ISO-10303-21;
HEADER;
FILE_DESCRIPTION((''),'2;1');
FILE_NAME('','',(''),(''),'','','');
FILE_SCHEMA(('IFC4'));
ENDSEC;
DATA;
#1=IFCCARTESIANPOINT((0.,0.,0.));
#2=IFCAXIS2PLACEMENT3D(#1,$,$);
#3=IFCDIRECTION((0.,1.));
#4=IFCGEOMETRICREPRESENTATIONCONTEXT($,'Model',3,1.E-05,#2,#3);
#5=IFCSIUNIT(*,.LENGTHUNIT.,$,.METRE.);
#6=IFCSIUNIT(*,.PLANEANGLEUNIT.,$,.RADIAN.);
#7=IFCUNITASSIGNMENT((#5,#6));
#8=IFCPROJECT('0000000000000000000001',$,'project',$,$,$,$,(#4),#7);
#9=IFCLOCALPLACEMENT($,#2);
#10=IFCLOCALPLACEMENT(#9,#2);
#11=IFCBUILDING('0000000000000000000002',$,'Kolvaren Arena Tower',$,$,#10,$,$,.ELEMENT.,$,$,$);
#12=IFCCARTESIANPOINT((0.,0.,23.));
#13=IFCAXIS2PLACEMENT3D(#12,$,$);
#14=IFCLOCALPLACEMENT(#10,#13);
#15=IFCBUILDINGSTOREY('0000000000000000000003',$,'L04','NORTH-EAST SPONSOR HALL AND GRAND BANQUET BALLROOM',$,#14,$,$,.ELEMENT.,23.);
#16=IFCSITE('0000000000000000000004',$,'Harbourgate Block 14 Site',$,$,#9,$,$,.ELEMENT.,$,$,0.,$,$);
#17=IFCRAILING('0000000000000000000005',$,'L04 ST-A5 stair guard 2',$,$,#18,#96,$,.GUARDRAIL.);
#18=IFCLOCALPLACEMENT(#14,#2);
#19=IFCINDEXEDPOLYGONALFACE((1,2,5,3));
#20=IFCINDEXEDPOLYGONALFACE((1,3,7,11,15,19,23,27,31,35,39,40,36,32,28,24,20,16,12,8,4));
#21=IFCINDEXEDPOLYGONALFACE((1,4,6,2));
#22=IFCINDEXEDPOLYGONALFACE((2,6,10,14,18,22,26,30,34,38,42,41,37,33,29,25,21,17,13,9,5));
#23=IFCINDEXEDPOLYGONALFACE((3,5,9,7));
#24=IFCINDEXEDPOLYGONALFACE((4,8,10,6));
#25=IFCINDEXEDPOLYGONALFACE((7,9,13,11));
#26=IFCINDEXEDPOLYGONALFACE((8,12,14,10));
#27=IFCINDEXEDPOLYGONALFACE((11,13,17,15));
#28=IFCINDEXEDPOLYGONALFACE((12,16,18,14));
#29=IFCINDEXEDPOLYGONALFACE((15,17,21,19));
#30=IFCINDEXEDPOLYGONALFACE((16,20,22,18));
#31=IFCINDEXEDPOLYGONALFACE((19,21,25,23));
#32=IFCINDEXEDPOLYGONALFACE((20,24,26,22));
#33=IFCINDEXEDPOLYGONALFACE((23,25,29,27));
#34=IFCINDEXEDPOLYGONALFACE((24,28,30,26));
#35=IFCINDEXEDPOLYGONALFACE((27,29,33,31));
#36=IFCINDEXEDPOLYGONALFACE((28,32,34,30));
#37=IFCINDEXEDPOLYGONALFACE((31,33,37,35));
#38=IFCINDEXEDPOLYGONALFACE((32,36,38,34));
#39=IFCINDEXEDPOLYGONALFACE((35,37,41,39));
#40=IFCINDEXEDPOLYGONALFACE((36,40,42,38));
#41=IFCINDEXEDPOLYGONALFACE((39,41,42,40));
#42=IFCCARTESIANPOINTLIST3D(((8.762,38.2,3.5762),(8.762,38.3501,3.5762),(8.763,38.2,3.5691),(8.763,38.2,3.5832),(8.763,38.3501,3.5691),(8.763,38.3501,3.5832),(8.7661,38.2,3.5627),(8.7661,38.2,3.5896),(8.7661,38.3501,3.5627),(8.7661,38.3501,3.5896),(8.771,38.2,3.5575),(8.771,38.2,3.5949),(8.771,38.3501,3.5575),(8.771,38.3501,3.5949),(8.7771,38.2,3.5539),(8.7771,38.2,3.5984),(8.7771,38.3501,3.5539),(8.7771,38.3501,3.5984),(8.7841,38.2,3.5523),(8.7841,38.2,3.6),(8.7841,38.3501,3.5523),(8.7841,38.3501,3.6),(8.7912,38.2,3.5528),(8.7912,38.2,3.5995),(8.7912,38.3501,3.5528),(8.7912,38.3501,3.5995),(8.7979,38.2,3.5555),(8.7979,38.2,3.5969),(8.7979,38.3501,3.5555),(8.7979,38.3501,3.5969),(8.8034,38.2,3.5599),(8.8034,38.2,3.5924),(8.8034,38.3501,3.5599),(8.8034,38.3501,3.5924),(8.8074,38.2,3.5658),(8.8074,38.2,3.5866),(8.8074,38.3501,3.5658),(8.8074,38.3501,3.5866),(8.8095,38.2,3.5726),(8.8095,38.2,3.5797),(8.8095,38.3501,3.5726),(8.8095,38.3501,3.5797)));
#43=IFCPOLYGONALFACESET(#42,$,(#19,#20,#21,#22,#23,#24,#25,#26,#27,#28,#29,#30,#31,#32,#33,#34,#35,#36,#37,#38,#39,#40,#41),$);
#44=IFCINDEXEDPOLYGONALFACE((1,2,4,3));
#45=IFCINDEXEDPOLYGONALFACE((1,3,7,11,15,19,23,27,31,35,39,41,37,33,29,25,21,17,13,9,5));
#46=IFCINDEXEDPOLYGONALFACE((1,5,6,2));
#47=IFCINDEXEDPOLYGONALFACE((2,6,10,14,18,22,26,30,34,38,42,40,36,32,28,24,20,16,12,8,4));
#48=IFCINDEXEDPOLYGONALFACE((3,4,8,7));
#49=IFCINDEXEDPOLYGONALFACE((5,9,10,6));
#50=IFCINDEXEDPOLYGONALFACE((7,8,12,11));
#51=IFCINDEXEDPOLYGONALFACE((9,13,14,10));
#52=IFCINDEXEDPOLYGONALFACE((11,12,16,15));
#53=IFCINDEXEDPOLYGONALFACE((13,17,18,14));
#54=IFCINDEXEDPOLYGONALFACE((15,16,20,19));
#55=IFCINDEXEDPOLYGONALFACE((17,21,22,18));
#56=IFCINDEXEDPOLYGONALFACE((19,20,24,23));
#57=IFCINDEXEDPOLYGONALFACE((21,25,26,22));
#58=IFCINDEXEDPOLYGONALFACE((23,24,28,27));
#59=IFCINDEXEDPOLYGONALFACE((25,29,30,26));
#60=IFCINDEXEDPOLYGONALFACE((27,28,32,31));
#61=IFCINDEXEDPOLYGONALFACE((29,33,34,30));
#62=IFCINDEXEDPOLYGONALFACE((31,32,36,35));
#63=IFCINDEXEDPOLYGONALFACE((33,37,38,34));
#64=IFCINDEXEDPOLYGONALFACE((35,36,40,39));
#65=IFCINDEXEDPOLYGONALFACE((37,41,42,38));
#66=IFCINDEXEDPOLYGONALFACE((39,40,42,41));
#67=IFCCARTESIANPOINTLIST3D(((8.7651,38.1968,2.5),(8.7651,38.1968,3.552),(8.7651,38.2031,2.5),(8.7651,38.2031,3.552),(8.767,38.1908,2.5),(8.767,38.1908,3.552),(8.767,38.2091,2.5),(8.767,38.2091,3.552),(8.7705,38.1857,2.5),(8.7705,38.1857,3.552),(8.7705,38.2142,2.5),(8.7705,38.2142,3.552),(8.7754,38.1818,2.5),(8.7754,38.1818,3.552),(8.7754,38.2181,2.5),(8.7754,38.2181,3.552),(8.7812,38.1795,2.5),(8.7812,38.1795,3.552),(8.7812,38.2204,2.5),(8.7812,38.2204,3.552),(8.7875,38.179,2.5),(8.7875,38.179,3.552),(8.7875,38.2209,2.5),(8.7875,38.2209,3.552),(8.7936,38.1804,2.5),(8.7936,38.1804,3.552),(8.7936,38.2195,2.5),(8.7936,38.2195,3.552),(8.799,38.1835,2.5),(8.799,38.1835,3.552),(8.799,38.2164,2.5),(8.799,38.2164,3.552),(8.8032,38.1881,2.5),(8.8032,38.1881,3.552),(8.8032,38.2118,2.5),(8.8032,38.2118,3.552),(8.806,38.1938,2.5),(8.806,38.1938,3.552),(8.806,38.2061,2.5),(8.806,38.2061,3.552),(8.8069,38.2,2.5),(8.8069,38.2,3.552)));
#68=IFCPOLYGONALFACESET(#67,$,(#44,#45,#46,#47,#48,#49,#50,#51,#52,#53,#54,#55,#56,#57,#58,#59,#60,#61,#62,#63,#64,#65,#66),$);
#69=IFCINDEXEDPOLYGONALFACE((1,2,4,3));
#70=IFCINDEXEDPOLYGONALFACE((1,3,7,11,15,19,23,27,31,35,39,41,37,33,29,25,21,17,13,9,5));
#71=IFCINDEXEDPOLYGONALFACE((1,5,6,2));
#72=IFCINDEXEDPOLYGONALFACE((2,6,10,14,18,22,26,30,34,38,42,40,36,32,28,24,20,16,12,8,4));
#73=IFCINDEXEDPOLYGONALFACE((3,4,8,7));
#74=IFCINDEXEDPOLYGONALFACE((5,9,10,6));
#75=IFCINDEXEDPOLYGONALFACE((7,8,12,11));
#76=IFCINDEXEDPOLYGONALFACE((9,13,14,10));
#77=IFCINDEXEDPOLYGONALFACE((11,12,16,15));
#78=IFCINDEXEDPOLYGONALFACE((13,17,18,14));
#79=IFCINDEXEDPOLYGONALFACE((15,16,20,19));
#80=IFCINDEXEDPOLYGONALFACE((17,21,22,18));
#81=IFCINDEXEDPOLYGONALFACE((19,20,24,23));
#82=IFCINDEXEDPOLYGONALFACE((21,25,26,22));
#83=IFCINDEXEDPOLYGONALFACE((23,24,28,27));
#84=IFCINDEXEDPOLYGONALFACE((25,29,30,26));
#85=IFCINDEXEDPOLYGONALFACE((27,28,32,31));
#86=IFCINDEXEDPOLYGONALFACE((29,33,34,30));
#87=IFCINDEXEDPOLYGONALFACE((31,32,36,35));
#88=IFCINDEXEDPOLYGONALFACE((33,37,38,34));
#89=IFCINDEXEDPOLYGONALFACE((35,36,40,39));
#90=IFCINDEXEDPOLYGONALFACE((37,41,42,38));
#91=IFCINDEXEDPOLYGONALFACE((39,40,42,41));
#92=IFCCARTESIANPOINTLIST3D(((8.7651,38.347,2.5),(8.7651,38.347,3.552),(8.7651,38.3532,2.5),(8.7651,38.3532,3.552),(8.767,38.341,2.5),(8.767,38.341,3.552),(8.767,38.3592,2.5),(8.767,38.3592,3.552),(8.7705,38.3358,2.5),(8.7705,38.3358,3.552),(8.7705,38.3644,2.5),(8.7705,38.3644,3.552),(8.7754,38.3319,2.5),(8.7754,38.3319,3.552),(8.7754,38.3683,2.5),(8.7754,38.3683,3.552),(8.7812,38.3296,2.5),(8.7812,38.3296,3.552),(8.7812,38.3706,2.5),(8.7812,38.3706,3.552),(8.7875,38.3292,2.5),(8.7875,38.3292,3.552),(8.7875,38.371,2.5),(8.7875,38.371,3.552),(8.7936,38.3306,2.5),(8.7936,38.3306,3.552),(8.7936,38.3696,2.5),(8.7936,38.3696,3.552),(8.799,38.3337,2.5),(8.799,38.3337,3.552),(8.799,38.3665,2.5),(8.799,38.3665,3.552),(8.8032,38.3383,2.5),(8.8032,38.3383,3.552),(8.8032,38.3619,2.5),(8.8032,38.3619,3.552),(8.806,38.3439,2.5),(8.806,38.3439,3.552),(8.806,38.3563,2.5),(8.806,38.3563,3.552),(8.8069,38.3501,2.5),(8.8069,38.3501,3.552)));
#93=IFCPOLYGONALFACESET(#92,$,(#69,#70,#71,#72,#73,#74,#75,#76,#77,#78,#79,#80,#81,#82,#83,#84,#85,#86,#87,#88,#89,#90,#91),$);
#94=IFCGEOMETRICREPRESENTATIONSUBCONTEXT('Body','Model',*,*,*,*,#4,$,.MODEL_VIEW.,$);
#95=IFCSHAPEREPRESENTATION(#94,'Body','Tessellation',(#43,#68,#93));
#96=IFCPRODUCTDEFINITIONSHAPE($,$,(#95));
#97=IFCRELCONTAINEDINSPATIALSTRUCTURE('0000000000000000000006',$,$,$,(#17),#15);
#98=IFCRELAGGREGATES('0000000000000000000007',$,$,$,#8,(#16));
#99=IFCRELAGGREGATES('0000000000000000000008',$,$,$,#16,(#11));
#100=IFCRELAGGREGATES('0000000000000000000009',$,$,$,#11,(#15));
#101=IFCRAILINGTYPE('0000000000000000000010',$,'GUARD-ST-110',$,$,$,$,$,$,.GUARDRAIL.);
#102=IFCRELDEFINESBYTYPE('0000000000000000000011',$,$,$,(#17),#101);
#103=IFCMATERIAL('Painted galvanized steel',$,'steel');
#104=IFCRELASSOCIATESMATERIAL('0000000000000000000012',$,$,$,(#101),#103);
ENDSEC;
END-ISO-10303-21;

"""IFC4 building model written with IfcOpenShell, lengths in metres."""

from ifc_helpers import new_model, si_unit, direction, frame, origin, origin_2d, place, context, subcontext, project, spatial, circle, extrude, material, type_object, element, save


model = new_model("IFC4")

# Units and contexts
model_context = context("Model", 3, precision=1e-05, world=origin(), true_north=direction((0.0, 1.0)))
body_context = subcontext(model_context, "Body", "Model", "MODEL_VIEW")
ifc_project = project(units=[si_unit("LENGTHUNIT", "METRE"), si_unit("PLANEANGLEUNIT", "RADIAN")], contexts=[model_context])

# Site, building, storey
site_placement = place(None, origin())
site = spatial("IfcSite", under=ifc_project, at=site_placement, Name="Harbourgate Block 14 Site", CompositionType="ELEMENT", RefElevation=0.0)
building_placement = place(site_placement, origin())
building = spatial("IfcBuilding", under=site, at=building_placement, Name="Kolvaren Arena Tower", CompositionType="ELEMENT")
storey_placement = place(building_placement, frame((0.0, 0.0, 23.0)))
storey = spatial("IfcBuildingStorey", under=building, at=storey_placement, Name="L04", Description="NORTH-EAST SPONSOR HALL AND GRAND BANQUET BALLROOM", CompositionType="ELEMENT", Elevation=23.0)

# Railing
ifc_material_1 = material(Name="Painted galvanized steel", Category="steel")
railing_type_1 = type_object("IfcRailingType", Name="GUARD-ST-110", PredefinedType="GUARDRAIL", material=ifc_material_1)
railing_1_placement = place(storey_placement, frame((8.7859, 38.2, 2.5)))
element("IfcRailing", 1, at=railing_1_placement, inside=storey, type_object=railing_type_1, Name="L04 ST-A5 stair guard 2", PredefinedType="GUARDRAIL", context=body_context, shape_type="SweptSolid", body=[
    extrude(circle(Radius=0.0239, at=origin_2d()), frame((0.0, 0.0, 1.0762), z_axis=(0.0, 1.0, 0.0), x_axis=(-1.0, 0.0, 0.0)), (0.0, 0.0, 1.0), 0.1501),
    extrude(circle(Radius=0.021, at=origin_2d()), origin(), (0.0, 0.0, 1.0), 1.052),
    extrude(circle(Radius=0.021, at=origin_2d()), frame((0.0, 0.1501, 0.0)), (0.0, 0.0, 1.0), 1.052),
])

save(model, "model.ifc")
